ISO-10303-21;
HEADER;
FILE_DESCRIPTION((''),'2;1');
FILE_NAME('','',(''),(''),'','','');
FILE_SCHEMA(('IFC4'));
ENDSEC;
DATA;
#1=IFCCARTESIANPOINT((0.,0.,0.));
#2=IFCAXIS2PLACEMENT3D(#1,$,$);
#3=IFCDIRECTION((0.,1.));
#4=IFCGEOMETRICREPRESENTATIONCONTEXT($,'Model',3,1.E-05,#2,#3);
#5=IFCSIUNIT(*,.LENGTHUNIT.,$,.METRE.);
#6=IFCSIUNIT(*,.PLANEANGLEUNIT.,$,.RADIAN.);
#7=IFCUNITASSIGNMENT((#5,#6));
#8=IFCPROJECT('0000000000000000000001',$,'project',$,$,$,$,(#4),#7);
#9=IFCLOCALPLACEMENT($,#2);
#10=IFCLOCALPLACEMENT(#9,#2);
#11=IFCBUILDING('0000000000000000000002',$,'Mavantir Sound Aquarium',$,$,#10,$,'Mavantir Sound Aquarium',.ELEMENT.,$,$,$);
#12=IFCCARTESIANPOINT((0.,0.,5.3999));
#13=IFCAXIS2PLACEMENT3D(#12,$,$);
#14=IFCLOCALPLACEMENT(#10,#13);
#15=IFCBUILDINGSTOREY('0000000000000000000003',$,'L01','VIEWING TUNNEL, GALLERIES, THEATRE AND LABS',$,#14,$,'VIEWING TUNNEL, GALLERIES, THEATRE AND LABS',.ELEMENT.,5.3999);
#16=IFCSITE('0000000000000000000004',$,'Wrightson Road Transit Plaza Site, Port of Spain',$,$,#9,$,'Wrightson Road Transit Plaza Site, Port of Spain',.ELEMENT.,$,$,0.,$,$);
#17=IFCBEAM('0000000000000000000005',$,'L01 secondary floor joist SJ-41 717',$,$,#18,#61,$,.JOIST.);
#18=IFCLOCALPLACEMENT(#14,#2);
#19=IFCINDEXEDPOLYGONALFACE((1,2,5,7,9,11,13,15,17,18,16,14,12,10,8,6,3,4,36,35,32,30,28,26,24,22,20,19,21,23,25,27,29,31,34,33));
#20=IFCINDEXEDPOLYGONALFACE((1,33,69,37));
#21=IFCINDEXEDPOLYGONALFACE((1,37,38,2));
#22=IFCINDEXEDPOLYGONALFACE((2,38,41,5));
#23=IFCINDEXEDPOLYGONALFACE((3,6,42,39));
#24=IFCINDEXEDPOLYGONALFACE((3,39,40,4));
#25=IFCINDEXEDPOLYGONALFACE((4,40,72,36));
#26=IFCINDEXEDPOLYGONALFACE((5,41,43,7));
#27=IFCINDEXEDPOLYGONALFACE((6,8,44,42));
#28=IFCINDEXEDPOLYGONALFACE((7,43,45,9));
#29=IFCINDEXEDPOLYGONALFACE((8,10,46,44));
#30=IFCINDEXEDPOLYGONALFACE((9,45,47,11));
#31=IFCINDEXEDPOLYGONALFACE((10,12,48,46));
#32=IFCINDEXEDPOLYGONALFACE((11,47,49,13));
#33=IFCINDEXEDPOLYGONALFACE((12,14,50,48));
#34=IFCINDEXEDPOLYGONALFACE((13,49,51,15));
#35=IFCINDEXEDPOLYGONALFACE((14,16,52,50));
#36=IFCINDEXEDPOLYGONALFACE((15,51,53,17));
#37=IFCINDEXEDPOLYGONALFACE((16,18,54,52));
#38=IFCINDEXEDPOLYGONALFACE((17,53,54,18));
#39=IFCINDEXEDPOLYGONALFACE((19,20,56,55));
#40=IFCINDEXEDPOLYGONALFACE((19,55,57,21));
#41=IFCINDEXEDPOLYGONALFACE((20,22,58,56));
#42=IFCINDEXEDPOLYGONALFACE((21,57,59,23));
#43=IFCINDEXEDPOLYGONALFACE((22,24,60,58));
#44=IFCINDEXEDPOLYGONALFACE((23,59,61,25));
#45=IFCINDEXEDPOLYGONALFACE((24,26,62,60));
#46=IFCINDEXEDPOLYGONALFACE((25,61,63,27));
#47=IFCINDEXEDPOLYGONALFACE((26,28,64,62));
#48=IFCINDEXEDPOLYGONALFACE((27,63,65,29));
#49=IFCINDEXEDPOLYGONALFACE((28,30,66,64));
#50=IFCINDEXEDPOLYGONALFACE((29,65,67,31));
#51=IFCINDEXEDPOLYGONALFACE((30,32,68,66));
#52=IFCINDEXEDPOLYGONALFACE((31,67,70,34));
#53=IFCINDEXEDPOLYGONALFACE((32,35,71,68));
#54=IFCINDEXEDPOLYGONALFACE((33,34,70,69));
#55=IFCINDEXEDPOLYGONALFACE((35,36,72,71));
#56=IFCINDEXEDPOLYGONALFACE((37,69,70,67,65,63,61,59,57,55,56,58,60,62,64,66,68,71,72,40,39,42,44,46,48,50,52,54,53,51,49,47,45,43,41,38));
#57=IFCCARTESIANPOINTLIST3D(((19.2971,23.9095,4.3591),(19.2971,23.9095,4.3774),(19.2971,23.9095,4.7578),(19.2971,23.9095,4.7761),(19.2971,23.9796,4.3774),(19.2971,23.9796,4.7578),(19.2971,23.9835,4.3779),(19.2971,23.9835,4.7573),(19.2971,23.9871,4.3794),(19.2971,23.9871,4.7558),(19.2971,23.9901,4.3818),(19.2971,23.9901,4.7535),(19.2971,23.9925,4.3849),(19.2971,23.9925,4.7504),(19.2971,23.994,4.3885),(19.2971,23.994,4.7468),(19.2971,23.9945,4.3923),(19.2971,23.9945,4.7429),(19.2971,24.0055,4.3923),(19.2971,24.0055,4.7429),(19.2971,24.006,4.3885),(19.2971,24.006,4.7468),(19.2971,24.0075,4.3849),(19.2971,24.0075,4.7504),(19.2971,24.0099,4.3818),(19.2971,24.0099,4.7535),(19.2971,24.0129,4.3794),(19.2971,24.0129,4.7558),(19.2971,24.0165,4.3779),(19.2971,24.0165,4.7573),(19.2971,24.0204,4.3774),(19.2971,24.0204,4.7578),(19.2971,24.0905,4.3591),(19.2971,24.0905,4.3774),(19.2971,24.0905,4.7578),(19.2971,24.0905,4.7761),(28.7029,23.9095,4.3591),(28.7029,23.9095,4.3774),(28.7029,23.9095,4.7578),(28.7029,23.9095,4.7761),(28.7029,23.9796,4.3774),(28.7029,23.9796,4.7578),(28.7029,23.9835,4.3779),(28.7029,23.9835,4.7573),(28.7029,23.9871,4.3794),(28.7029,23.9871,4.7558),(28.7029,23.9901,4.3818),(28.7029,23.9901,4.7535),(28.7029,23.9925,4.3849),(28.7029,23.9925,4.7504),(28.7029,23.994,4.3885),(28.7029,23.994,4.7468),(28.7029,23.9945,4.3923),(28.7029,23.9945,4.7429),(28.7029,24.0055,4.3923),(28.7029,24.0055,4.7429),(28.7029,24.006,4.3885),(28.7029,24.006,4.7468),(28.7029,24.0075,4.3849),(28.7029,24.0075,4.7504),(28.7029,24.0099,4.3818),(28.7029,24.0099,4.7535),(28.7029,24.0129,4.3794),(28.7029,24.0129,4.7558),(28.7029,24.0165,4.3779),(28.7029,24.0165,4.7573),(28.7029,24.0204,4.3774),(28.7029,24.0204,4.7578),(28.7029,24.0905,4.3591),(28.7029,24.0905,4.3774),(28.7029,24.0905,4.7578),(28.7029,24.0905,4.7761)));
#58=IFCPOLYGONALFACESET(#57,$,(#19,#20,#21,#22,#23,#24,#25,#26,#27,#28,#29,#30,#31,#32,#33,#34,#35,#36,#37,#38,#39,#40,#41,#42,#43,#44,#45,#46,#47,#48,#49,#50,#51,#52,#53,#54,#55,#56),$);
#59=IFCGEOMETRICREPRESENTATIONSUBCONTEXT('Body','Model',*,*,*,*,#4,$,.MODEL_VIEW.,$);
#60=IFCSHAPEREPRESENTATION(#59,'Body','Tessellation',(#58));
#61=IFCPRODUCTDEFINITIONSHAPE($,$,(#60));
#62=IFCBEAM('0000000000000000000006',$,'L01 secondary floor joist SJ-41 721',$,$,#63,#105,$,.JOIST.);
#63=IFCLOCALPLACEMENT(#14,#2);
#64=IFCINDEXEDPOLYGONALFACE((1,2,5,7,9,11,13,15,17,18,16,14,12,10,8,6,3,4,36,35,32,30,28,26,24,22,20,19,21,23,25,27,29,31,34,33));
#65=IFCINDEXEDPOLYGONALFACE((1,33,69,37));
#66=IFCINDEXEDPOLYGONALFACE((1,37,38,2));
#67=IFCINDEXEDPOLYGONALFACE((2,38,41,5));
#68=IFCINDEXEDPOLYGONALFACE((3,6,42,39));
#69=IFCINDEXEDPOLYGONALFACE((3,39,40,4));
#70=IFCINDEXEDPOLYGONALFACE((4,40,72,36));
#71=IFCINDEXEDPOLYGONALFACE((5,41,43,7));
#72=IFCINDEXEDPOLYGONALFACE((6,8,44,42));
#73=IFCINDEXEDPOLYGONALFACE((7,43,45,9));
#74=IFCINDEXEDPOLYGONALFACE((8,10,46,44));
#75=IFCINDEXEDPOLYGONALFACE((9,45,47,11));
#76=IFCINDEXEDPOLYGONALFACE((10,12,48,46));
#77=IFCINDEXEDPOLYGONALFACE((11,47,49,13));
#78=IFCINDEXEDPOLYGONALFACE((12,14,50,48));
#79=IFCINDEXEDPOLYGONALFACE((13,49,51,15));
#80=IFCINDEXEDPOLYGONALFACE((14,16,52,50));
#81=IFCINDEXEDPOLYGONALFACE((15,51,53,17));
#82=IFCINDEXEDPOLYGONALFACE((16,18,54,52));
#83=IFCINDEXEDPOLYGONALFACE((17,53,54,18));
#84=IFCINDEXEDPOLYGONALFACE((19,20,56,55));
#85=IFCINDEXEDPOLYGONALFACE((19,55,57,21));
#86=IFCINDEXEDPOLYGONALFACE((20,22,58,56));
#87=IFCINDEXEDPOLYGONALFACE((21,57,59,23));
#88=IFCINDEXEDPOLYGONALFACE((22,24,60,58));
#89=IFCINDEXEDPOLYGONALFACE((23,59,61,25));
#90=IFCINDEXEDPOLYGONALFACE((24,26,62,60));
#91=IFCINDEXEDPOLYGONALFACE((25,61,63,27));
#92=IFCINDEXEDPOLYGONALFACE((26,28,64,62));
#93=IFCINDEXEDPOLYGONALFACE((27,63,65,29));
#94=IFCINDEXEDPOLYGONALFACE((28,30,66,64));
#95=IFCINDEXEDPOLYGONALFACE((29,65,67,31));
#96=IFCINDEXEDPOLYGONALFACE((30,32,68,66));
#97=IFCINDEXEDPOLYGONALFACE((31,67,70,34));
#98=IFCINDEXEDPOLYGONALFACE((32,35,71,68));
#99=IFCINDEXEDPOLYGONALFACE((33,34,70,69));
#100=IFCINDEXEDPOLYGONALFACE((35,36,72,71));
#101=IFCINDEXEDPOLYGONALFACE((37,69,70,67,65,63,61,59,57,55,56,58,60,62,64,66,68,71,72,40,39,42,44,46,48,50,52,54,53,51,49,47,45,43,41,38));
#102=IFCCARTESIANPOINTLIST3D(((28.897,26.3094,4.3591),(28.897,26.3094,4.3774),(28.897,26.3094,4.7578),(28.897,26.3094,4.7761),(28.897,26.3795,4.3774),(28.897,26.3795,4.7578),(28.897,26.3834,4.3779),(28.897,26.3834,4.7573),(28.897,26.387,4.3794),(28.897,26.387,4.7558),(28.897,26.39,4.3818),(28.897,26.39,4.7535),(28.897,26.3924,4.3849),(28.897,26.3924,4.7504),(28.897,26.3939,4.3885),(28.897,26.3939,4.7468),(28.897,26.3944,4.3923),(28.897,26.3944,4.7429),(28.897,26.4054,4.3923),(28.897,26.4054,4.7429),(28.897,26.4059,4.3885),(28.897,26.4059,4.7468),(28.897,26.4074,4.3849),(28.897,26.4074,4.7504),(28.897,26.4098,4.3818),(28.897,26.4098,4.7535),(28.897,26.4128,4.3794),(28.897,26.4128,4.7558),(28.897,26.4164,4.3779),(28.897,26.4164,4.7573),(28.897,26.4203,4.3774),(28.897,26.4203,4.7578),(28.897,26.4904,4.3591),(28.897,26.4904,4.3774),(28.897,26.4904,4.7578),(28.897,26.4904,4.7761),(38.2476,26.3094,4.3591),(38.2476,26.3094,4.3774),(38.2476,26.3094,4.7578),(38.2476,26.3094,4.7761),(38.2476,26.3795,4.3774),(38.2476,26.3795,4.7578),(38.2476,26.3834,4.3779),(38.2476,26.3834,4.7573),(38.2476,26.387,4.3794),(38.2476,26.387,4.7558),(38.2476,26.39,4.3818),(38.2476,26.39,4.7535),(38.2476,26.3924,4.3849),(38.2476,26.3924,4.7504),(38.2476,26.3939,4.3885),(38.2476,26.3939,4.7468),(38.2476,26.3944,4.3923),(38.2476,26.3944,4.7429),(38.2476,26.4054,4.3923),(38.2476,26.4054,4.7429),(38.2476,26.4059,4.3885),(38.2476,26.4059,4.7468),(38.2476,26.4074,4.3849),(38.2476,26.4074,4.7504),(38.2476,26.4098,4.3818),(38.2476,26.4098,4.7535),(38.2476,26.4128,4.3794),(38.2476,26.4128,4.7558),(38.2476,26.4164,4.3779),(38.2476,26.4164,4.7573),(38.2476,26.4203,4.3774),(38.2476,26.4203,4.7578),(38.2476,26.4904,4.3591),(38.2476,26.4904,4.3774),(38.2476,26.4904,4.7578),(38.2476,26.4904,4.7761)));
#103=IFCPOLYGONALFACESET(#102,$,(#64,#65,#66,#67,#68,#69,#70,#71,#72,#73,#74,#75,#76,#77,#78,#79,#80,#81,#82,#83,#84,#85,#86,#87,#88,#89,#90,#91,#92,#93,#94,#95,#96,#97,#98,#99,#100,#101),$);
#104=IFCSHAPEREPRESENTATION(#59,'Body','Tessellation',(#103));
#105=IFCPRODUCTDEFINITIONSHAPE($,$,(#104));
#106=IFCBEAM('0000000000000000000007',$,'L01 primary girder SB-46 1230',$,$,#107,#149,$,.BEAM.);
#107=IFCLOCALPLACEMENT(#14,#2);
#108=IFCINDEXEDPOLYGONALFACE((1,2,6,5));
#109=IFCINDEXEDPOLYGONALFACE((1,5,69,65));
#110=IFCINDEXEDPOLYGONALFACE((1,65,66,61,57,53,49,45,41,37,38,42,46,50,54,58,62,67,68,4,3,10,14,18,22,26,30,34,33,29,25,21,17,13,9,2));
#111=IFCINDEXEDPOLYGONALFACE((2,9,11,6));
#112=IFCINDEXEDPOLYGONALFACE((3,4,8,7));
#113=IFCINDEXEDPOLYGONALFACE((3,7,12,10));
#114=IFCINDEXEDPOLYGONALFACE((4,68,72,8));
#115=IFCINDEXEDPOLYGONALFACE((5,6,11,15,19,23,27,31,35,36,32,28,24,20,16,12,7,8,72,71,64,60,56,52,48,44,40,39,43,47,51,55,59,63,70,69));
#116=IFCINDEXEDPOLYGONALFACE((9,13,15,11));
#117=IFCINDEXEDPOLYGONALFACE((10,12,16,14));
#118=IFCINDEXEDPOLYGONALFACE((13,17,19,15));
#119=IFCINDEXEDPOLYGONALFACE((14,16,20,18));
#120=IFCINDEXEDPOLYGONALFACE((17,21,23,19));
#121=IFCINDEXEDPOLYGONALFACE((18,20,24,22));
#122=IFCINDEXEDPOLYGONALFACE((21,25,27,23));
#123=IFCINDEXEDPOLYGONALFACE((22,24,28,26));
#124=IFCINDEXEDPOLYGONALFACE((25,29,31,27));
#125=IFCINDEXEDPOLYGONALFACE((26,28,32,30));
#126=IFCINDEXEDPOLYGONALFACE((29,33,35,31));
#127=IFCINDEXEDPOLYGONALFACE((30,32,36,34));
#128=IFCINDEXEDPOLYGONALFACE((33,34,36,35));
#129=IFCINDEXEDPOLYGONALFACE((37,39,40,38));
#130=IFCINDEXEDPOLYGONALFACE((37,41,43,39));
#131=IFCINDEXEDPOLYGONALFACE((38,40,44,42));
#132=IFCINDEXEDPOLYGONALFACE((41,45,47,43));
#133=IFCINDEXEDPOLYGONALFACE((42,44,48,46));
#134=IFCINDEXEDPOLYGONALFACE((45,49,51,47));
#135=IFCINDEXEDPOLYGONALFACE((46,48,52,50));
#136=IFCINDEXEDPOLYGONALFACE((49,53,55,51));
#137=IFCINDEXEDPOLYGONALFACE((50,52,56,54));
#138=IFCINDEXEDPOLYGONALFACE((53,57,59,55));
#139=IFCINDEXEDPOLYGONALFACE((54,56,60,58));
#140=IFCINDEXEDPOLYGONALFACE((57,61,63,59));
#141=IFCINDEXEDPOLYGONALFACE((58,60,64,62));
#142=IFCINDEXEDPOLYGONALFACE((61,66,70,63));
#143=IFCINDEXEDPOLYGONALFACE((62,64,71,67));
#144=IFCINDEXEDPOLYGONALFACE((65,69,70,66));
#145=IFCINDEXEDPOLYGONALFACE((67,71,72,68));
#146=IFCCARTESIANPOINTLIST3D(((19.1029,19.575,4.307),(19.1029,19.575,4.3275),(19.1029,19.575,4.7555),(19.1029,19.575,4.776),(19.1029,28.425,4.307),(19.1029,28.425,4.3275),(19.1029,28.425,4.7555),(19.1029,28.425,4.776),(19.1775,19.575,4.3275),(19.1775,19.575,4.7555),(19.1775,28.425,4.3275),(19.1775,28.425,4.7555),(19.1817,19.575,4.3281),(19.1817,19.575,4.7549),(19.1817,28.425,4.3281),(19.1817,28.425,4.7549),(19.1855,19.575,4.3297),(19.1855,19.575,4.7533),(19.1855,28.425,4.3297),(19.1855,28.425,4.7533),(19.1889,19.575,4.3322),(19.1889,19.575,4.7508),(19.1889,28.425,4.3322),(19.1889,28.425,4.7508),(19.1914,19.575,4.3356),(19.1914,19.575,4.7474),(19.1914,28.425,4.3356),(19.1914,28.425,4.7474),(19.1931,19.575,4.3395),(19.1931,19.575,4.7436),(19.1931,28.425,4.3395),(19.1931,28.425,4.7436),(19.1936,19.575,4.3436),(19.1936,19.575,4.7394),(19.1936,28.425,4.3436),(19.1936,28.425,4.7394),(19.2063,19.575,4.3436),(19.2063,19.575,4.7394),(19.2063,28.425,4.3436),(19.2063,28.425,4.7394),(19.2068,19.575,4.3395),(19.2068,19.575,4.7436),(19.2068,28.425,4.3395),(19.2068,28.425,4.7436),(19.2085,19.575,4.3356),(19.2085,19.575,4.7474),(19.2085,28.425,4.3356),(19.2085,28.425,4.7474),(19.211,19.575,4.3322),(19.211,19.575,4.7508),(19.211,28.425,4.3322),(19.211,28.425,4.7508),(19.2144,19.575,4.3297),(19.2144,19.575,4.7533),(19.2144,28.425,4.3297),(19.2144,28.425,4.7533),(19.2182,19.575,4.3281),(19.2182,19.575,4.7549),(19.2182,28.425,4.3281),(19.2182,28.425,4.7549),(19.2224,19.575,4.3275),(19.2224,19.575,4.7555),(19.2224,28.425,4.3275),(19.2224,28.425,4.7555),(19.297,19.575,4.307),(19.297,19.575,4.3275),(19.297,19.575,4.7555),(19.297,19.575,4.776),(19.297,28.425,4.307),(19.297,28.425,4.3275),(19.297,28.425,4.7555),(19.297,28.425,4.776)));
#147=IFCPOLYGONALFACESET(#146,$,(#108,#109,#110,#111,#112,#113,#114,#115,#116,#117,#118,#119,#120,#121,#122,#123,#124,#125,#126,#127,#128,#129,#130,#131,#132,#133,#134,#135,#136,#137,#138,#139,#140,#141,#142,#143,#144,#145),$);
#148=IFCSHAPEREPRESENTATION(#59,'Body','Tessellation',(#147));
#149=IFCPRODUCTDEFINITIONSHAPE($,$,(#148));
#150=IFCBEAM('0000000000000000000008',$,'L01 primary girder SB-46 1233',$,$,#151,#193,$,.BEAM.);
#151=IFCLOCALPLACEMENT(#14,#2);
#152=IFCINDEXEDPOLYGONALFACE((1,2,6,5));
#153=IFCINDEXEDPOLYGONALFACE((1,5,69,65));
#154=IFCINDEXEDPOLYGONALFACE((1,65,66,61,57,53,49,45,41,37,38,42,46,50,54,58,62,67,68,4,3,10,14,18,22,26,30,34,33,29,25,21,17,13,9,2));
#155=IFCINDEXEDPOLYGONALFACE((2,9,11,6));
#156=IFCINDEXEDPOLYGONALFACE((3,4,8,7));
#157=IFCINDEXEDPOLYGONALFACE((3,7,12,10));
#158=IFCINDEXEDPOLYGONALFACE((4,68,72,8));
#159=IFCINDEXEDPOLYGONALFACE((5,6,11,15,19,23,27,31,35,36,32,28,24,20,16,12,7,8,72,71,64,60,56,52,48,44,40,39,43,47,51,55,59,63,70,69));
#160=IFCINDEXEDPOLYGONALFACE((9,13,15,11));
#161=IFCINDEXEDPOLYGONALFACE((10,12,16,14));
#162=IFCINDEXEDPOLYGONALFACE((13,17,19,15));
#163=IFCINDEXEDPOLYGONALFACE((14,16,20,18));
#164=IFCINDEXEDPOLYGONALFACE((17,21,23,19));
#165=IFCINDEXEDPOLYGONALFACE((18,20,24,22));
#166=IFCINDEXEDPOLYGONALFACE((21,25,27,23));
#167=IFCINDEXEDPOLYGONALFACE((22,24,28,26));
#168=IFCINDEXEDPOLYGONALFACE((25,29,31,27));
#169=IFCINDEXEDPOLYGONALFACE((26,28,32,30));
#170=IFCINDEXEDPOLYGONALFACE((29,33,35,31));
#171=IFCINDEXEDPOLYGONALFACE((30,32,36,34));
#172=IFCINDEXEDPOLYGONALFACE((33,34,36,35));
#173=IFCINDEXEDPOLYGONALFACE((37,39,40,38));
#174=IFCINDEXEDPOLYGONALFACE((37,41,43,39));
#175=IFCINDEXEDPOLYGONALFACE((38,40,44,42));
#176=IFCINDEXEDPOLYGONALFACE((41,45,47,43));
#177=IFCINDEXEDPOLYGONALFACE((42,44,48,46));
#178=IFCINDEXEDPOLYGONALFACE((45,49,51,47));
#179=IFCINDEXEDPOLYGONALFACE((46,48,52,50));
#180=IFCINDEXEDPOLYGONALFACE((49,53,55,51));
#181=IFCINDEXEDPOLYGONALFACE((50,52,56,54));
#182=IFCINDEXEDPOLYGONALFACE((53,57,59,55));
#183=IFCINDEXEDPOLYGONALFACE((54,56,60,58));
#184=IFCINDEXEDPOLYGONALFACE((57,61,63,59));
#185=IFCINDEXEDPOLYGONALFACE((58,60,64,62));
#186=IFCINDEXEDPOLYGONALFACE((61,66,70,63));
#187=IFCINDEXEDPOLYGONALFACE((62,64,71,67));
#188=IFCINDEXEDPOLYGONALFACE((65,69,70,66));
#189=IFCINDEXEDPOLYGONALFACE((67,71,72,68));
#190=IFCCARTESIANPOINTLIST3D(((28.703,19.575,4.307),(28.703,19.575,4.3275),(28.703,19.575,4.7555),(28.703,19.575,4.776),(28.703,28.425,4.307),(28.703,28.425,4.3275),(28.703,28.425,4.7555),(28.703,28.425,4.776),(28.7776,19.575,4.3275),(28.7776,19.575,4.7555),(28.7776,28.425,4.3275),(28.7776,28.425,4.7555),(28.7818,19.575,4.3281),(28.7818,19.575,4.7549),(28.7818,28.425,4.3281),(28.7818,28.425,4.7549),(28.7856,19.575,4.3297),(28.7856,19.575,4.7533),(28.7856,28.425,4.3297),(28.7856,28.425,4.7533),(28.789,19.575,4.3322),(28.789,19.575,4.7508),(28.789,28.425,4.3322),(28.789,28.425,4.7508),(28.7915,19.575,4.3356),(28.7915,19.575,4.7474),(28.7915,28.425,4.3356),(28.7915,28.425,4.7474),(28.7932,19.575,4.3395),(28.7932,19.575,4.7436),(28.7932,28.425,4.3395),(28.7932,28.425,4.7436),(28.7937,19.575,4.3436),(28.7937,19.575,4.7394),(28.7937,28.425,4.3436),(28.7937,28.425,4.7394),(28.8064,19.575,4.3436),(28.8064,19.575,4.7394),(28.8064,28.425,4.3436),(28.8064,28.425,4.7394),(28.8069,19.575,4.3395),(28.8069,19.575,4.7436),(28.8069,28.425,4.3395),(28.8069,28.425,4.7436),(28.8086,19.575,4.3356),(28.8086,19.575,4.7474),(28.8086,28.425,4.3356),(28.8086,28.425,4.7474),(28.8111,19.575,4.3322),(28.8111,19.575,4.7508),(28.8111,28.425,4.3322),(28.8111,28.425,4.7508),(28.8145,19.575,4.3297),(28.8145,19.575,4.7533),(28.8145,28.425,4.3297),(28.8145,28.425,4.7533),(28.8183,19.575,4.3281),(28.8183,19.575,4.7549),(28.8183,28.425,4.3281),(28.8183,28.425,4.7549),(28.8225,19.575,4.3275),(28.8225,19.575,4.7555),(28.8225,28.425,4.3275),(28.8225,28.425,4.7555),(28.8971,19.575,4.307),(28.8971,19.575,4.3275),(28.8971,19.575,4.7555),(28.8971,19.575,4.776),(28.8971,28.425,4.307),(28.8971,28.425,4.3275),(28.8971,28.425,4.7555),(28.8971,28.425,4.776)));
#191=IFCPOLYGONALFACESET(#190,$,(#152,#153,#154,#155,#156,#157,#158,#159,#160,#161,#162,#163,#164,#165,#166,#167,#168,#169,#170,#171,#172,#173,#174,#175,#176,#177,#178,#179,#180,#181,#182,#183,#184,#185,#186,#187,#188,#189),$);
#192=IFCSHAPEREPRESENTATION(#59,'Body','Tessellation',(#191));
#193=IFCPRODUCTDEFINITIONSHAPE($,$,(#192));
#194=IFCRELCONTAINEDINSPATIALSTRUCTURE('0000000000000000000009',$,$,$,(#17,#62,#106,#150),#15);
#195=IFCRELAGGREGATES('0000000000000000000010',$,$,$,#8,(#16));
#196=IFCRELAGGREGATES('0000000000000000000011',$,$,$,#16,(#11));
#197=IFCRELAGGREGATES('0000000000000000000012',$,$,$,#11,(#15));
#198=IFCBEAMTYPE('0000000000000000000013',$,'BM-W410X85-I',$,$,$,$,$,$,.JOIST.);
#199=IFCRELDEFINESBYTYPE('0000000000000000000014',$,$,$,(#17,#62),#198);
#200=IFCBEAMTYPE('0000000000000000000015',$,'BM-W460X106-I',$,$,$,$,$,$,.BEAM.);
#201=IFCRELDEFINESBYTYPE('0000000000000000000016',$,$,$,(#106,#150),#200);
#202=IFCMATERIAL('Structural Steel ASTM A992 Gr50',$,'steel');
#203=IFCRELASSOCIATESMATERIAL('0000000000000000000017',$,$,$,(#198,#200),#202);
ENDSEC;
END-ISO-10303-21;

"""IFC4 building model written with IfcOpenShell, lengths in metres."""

from ifc_helpers import new_model, si_unit, direction, frame, origin, origin_2d, place, context, subcontext, project, spatial, i_section, extrude, material, material_profile, profile_set, type_object, element, save


model = new_model("IFC4")

# Units and contexts
model_context = context("Model", 3, precision=1e-05, world=origin(), true_north=direction((0.0, 1.0)))
body_context = subcontext(model_context, "Body", "Model", "MODEL_VIEW")
ifc_project = project(units=[si_unit("LENGTHUNIT", "METRE"), si_unit("PLANEANGLEUNIT", "RADIAN")], contexts=[model_context])

# Site, building, storey
site_placement = place(None, origin())
site = spatial("IfcSite", under=ifc_project, at=site_placement, Name="Wrightson Road Transit Plaza Site, Port of Spain", LongName="Wrightson Road Transit Plaza Site, Port of Spain", CompositionType="ELEMENT", RefElevation=0.0)
building_placement = place(site_placement, origin())
building = spatial("IfcBuilding", under=site, at=building_placement, Name="Mavantir Sound Aquarium", LongName="Mavantir Sound Aquarium", CompositionType="ELEMENT")
storey_placement = place(building_placement, frame((0.0, 0.0, 5.3999)))
storey = spatial("IfcBuildingStorey", under=building, at=storey_placement, Name="L01", Description="VIEWING TUNNEL, GALLERIES, THEATRE AND LABS", LongName="VIEWING TUNNEL, GALLERIES, THEATRE AND LABS", CompositionType="ELEMENT", Elevation=5.3999)

# Beams
ifc_material_1 = material(Name="Structural Steel ASTM A992 Gr50", Category="steel")
ifc_material_profile_1 = material_profile(ifc_material_1, i_section(OverallWidth=0.1809, OverallDepth=0.417, WebThickness=0.011, FlangeThickness=0.0183, FilletRadius=0.0149, at=origin_2d()), Name="W410X85")
ifc_profile_set_1 = profile_set([ifc_material_profile_1], Name="Structural Steel ASTM A992 Gr50")
beam_type_1 = type_object("IfcBeamType", Name="BM-W410X85-I", PredefinedType="JOIST", material=ifc_profile_set_1)
beam_1_placement = place(storey_placement, frame((19.2971, 24.0, 4.5676), z_axis=(1.0, 0.0, 0.0), x_axis=(0.0, 1.0, 0.0)))
element("IfcBeam", 1, at=beam_1_placement, inside=storey, type_object=beam_type_1, Name="L01 secondary floor joist SJ-41 717", PredefinedType="JOIST", context=body_context, shape_type="SweptSolid", body=[
    extrude(i_section(OverallWidth=0.1809, OverallDepth=0.417, WebThickness=0.011, FlangeThickness=0.0183, FilletRadius=0.0149, at=origin_2d()), origin(), (0.0, 0.0, 1.0), 9.4058),
])
beam_2_placement = place(storey_placement, frame((28.897, 26.3999, 4.5676), z_axis=(1.0, 0.0, 0.0), x_axis=(0.0, 1.0, 0.0)))
element("IfcBeam", 2, at=beam_2_placement, inside=storey, type_object=beam_type_1, Name="L01 secondary floor joist SJ-41 721", PredefinedType="JOIST", context=body_context, shape_type="SweptSolid", body=[
    extrude(i_section(OverallWidth=0.1809, OverallDepth=0.417, WebThickness=0.011, FlangeThickness=0.0183, FilletRadius=0.0149, at=origin_2d()), origin(), (0.0, 0.0, 1.0), 9.3506),
])
ifc_material_profile_2 = material_profile(ifc_material_1, i_section(OverallWidth=0.1941, OverallDepth=0.469, WebThickness=0.0127, FlangeThickness=0.0205, FilletRadius=0.0161, at=origin_2d()), Name="W460X106")
ifc_profile_set_2 = profile_set([ifc_material_profile_2], Name="Structural Steel ASTM A992 Gr50")
beam_type_2 = type_object("IfcBeamType", Name="BM-W460X106-I", PredefinedType="BEAM", material=ifc_profile_set_2)
for number, where, z_axis, x_axis, name in (
    (3, (19.2, 19.575, 4.5415), (0.0, 1.0, 0.0), (-1.0, 0.0, 0.0), "L01 primary girder SB-46 1230"),
    (4, (28.8, 19.575, 4.5415), (0.0, 1.0, 0.0), (-1.0, 0.0, 0.0), "L01 primary girder SB-46 1233"),
):
    element("IfcBeam", number, at=place(storey_placement, frame(where, z_axis=z_axis, x_axis=x_axis)), inside=storey, type_object=beam_type_2, Name=name, PredefinedType="BEAM", context=body_context, shape_type="SweptSolid", body=[
        extrude(i_section(OverallWidth=0.1941, OverallDepth=0.469, WebThickness=0.0127, FlangeThickness=0.0205, FilletRadius=0.0161, at=origin_2d()), origin(), (0.0, 0.0, 1.0), 8.8501),
    ])

save(model, "model.ifc")
